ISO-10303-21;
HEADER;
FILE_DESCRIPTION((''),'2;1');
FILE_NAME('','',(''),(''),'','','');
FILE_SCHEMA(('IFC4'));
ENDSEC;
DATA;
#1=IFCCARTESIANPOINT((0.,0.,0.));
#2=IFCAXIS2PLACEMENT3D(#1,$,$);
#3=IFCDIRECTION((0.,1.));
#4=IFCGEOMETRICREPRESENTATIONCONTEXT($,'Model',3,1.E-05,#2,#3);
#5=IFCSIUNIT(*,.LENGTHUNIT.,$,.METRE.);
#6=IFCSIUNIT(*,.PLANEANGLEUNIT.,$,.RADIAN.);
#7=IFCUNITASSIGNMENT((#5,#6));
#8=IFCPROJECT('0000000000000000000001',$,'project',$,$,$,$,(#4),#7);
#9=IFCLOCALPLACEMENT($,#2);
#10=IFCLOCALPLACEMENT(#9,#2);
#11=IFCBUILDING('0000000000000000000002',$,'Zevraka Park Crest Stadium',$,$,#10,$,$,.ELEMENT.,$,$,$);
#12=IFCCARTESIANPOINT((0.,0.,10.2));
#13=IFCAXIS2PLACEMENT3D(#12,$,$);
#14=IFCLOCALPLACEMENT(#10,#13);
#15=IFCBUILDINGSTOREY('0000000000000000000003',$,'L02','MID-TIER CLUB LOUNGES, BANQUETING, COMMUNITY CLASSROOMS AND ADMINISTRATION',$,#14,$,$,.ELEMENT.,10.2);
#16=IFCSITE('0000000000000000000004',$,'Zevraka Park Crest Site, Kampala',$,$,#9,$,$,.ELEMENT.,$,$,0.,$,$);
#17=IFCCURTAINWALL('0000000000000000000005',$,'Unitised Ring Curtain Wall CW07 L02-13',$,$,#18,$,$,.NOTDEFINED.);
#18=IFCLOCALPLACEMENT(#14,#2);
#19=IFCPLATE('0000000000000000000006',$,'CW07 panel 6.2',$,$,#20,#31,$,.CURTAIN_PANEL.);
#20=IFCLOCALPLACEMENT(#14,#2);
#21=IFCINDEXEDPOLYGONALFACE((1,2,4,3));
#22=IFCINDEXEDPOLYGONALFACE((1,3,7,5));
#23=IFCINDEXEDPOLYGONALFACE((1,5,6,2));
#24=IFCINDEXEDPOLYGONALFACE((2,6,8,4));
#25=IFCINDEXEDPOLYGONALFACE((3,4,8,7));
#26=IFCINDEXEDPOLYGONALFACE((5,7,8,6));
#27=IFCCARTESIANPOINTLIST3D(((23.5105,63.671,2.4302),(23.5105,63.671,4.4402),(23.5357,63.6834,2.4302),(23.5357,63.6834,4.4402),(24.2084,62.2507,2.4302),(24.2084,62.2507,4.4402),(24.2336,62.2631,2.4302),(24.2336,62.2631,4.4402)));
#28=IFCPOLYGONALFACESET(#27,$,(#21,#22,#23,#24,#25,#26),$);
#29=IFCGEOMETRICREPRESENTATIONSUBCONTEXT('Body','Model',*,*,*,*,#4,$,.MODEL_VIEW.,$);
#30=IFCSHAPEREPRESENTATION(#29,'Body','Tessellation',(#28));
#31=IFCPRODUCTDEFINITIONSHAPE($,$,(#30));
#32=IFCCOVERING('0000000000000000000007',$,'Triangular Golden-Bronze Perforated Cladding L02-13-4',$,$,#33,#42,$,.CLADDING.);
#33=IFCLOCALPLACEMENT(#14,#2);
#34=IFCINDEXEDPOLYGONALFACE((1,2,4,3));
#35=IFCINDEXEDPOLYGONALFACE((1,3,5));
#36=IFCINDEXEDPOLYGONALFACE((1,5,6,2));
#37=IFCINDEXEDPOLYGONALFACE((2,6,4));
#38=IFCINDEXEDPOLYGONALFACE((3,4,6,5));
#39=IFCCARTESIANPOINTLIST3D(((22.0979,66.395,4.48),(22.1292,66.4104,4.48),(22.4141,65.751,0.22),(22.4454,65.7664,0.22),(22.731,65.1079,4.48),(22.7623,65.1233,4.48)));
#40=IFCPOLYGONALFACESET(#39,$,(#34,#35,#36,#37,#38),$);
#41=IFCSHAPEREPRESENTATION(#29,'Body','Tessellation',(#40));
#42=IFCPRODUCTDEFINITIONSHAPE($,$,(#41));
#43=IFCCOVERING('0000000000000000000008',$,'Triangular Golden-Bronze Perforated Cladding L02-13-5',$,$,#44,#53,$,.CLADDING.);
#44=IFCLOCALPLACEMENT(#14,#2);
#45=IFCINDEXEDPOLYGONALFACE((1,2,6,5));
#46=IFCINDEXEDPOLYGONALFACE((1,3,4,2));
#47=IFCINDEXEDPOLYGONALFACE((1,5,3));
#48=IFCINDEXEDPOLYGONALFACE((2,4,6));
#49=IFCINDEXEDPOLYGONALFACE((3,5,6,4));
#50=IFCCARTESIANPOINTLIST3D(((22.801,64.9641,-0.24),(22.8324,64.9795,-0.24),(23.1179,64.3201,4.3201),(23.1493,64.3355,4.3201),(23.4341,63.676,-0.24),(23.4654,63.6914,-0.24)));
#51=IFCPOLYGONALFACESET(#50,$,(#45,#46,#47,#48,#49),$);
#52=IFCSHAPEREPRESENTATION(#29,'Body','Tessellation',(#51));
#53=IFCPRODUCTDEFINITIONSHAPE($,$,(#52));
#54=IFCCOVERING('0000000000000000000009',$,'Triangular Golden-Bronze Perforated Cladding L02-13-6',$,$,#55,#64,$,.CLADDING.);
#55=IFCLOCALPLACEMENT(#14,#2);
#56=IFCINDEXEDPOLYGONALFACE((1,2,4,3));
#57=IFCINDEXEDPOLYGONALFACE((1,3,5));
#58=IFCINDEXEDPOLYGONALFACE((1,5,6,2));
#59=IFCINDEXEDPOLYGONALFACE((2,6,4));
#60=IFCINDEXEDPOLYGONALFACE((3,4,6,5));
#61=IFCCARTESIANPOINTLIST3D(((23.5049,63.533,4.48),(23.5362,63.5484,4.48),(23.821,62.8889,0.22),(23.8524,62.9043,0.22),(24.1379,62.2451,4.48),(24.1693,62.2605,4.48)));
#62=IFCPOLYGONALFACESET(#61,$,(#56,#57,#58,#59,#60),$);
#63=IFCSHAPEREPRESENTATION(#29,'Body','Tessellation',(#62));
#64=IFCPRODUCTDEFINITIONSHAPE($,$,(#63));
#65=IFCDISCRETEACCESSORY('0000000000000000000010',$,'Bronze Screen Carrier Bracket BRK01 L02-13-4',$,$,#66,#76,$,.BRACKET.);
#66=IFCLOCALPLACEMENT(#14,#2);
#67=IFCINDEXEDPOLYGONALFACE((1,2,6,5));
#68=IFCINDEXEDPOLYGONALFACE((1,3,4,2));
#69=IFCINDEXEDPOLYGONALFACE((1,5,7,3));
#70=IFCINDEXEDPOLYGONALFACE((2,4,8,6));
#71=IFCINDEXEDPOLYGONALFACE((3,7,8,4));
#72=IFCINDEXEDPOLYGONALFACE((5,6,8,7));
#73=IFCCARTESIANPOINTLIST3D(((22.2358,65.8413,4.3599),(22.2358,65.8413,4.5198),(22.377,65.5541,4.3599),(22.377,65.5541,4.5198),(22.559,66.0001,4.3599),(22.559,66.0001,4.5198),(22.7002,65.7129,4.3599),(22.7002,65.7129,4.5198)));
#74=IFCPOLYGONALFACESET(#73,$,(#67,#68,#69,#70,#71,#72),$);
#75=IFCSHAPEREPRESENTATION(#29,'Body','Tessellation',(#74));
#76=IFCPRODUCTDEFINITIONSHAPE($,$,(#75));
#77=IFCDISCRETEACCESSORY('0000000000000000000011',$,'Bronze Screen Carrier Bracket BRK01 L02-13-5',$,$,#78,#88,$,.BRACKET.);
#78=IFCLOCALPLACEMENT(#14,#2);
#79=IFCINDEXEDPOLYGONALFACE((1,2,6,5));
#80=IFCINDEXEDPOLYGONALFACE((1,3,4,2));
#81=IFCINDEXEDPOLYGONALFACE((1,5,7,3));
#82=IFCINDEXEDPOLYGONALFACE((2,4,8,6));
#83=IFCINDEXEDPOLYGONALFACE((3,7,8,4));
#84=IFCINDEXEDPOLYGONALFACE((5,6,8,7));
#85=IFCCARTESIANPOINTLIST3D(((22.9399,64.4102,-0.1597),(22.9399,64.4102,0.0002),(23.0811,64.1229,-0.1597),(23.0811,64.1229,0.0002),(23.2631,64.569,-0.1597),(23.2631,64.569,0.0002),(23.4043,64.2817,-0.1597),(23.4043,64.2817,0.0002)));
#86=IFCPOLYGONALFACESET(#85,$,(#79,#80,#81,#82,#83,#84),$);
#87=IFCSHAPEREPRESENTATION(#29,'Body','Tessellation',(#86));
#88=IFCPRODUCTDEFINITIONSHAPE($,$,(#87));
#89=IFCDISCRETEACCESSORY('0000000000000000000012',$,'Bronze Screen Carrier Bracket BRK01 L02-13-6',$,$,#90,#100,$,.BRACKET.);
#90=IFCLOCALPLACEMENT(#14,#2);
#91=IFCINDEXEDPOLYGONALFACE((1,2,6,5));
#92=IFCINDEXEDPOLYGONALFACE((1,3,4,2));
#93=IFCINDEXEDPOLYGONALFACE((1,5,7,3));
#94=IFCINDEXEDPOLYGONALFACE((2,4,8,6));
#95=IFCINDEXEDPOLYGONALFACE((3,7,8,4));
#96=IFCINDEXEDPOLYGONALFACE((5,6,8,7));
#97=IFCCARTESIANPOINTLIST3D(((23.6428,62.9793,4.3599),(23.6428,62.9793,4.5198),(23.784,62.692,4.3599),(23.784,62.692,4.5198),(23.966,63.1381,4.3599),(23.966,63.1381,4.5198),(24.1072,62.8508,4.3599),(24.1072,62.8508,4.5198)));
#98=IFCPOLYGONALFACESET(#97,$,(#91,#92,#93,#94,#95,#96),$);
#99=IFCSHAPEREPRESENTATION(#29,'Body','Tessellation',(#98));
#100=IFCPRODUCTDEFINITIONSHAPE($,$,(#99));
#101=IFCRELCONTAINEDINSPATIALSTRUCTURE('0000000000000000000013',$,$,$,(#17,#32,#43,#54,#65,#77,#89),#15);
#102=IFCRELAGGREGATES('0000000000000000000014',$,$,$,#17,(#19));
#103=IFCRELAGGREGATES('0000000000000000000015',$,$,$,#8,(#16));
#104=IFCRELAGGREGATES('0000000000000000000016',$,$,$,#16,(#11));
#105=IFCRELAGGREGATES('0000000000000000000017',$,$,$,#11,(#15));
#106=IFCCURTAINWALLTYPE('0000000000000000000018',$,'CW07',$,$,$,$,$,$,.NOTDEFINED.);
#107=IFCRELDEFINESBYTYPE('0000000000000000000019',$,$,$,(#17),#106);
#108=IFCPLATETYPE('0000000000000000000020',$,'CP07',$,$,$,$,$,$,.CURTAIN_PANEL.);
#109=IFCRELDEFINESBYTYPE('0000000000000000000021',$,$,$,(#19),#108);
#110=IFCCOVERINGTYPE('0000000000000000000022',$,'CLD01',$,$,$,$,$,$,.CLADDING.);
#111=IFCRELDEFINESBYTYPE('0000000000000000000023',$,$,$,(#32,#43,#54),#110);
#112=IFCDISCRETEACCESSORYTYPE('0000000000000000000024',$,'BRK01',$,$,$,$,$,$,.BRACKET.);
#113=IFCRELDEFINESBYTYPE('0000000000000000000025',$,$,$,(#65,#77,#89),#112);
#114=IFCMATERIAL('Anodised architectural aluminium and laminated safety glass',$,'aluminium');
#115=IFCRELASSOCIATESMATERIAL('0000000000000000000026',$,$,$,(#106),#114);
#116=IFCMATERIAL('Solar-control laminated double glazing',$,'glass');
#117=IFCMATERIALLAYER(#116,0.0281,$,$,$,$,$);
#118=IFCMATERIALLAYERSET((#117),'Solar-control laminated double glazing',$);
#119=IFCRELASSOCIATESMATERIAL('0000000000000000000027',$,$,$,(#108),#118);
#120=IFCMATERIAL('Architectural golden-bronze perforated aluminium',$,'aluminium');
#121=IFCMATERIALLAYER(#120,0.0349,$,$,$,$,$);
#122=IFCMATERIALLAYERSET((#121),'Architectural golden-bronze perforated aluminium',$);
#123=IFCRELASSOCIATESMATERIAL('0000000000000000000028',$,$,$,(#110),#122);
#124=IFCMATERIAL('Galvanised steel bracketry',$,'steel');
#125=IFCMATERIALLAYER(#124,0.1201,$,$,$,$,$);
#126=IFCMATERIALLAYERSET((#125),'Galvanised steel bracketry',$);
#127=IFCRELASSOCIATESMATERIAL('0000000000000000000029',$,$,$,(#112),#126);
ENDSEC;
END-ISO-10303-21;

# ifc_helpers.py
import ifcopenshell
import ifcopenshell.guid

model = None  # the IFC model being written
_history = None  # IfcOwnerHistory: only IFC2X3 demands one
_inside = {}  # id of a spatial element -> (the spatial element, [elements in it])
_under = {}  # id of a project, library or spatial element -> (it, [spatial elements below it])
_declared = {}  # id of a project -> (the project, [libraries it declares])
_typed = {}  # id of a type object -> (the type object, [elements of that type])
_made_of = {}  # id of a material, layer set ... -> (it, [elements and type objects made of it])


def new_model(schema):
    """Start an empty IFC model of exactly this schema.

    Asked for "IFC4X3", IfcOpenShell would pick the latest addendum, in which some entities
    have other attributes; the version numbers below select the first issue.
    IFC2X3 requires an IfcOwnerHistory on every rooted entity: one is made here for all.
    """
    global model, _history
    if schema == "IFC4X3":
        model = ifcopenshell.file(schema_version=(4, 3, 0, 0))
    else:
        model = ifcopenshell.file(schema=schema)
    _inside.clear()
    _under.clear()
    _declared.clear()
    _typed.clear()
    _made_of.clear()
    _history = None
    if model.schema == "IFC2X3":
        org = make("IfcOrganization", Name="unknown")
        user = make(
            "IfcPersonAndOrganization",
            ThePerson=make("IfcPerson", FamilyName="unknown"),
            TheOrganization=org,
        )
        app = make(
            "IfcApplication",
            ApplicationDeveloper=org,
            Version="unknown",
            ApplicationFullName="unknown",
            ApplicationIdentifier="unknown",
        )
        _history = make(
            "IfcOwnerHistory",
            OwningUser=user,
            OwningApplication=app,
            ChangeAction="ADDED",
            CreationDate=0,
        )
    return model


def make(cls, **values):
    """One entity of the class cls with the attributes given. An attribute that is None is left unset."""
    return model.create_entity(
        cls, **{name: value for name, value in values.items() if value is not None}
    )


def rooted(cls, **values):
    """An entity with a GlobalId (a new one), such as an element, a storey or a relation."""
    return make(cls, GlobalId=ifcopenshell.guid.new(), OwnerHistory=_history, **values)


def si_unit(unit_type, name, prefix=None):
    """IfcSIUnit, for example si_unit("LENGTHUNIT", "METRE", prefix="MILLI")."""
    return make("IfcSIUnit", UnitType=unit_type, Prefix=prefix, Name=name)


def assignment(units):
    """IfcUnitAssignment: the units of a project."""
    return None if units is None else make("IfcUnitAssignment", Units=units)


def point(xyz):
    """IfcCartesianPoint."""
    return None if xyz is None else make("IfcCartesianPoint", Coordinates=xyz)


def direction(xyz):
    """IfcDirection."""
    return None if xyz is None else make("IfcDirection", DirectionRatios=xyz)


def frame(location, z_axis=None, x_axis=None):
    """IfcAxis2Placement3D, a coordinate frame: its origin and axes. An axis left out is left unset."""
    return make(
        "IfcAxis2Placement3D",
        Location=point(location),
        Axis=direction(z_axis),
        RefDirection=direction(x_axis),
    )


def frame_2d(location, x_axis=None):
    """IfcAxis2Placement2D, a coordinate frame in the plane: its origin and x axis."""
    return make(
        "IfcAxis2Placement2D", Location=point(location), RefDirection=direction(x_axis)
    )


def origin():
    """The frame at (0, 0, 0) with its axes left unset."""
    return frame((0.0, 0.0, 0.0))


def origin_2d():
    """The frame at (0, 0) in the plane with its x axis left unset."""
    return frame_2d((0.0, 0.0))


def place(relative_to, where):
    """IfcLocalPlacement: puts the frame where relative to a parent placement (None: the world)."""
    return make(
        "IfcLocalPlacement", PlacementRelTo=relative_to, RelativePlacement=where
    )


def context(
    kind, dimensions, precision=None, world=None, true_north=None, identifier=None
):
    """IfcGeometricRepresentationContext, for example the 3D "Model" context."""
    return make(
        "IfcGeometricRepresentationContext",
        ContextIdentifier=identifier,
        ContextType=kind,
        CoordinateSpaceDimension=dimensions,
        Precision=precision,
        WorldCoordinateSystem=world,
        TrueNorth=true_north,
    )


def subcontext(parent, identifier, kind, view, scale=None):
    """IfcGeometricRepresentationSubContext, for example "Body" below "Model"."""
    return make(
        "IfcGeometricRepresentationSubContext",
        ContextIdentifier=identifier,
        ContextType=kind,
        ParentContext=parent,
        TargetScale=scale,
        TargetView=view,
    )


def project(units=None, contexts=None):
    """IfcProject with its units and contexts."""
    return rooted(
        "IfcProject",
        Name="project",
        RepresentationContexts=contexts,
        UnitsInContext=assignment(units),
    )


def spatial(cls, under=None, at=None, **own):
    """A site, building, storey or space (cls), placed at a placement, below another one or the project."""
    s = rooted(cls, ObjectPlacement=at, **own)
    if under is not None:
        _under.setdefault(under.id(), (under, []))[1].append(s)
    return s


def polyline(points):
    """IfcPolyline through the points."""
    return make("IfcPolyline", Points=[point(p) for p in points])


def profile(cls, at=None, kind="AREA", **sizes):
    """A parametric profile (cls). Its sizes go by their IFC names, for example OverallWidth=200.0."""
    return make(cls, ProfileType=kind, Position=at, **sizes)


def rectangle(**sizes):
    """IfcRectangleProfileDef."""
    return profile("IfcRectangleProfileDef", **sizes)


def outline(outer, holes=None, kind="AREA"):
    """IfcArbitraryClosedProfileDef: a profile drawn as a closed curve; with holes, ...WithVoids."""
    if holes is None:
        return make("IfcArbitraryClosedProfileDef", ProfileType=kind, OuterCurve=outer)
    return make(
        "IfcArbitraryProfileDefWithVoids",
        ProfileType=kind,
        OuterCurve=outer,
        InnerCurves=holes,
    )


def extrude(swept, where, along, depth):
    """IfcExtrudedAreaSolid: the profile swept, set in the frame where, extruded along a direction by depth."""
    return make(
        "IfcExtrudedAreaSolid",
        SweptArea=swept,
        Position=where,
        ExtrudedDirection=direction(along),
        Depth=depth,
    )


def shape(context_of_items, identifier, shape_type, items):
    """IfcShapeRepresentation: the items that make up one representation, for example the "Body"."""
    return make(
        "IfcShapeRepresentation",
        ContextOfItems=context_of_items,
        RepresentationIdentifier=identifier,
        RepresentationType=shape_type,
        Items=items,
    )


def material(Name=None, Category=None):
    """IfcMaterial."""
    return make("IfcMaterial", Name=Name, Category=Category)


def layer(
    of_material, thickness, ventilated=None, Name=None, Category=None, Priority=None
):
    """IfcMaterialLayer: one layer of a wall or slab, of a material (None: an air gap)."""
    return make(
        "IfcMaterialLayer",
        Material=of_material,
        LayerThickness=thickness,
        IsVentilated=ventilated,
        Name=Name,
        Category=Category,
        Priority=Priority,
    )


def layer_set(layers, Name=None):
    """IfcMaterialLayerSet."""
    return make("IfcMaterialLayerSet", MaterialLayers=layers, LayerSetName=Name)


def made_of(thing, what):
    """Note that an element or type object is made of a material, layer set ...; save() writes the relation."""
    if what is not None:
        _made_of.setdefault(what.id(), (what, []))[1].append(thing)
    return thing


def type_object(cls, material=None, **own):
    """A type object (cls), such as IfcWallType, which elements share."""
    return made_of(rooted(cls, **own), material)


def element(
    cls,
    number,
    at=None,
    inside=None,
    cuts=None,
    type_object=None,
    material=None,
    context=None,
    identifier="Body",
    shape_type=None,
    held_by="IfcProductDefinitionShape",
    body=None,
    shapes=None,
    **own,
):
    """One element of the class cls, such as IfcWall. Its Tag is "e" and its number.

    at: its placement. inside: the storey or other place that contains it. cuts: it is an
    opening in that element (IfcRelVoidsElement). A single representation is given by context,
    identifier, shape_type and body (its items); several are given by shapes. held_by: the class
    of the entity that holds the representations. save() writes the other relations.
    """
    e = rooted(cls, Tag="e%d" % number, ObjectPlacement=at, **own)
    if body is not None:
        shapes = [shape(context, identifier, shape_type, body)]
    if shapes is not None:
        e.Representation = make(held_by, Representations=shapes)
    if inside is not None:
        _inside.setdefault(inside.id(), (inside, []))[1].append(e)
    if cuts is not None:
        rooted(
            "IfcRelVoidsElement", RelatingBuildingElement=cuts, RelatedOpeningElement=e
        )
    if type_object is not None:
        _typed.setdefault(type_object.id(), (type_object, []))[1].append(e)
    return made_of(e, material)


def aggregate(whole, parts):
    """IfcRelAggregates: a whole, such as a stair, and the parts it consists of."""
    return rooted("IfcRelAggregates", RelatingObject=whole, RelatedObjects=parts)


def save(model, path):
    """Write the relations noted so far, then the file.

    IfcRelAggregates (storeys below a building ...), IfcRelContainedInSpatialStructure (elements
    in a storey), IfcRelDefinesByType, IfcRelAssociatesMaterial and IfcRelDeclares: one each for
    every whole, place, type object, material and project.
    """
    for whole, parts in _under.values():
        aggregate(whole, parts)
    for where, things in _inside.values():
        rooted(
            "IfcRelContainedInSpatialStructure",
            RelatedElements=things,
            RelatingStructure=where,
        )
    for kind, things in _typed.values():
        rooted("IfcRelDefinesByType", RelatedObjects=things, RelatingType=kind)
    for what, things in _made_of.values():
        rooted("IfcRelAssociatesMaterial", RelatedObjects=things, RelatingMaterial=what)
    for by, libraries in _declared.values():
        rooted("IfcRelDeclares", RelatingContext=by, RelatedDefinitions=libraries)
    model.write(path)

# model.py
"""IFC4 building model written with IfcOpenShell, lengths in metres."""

from ifc_helpers import new_model, si_unit, direction, frame, origin, origin_2d, place, context, subcontext, project, spatial, polyline, rectangle, outline, extrude, material, layer, layer_set, type_object, element, aggregate, save


model = new_model("IFC4")

# Units and contexts
model_context = context("Model", 3, precision=1e-05, world=origin(), true_north=direction((0.0, 1.0)))
body_context = subcontext(model_context, "Body", "Model", "MODEL_VIEW")
ifc_project = project(units=[si_unit("LENGTHUNIT", "METRE"), si_unit("PLANEANGLEUNIT", "RADIAN")], contexts=[model_context])

# Site, building, storey
site_placement = place(None, origin())
site = spatial("IfcSite", under=ifc_project, at=site_placement, Name="Zevraka Park Crest Site, Kampala", CompositionType="ELEMENT", RefElevation=0.0)
building_placement = place(site_placement, origin())
building = spatial("IfcBuilding", under=site, at=building_placement, Name="Zevraka Park Crest Stadium", CompositionType="ELEMENT")
storey_placement = place(building_placement, frame((0.0, 0.0, 10.2)))
storey = spatial("IfcBuildingStorey", under=building, at=storey_placement, Name="L02", Description="MID-TIER CLUB LOUNGES, BANQUETING, COMMUNITY CLASSROOMS AND ADMINISTRATION", CompositionType="ELEMENT", Elevation=10.2)

# Curtain wall, plate
ifc_material_1 = material(Name="Anodised architectural aluminium and laminated safety glass", Category="aluminium")
curtain_wall_type = type_object("IfcCurtainWallType", Name="CW07", PredefinedType="NOTDEFINED", material=ifc_material_1)
curtain_wall_placement = place(storey_placement, origin())
curtain_wall = element("IfcCurtainWall", 1, at=curtain_wall_placement, inside=storey, type_object=curtain_wall_type, Name="Unitised Ring Curtain Wall CW07 L02-13", PredefinedType="NOTDEFINED")
ifc_material_2 = material(Name="Solar-control laminated double glazing", Category="glass")
ifc_layer_1 = layer(ifc_material_2, 0.0281)
ifc_layer_set_1 = layer_set([ifc_layer_1], Name="Solar-control laminated double glazing")
plate_type = type_object("IfcPlateType", Name="CP07", PredefinedType="CURTAIN_PANEL", material=ifc_layer_set_1)
plate_1_placement = place(storey_placement, frame((23.8721, 62.967, 2.4302), z_axis=(0.0, 0.0, 1.0), x_axis=(0.441021, -0.897497, 0.0)))
plate_1 = element("IfcPlate", 2, at=plate_1_placement, type_object=plate_type, Name="CW07 panel 6.2", PredefinedType="CURTAIN_PANEL", context=body_context, shape_type="SweptSolid", body=[
    extrude(rectangle(XDim=1.5825, YDim=0.0281, at=origin_2d()), origin(), (0.0, 0.0, 1.0), 2.01),
])
aggregate(curtain_wall, [plate_1])

# Coverings
ifc_material_3 = material(Name="Architectural golden-bronze perforated aluminium", Category="aluminium")
ifc_layer_2 = layer(ifc_material_3, 0.0349)
ifc_layer_set_2 = layer_set([ifc_layer_2], Name="Architectural golden-bronze perforated aluminium")
covering_type = type_object("IfcCoveringType", Name="CLD01", PredefinedType="CLADDING", material=ifc_layer_set_2)
covering_1_placement = place(storey_placement, frame((22.731, 65.1079, 4.48), z_axis=(-0.897336, -0.441349, 0.000128), x_axis=(-0.441349, 0.897336, 0.0)))
element("IfcCovering", 3, at=covering_1_placement, inside=storey, type_object=covering_type, Name="Triangular Golden-Bronze Perforated Cladding L02-13-4", PredefinedType="CLADDING", context=body_context, shape_type="SweptSolid", body=[
    extrude(outline(polyline([(0.0, 0.0), (1.4344, 0.0), (0.7169, 4.26), (0.0, 0.0)])), origin(), (0.0, 0.0, -1.0), 0.0349),
])
covering_2_placement = place(storey_placement, frame((22.801, 64.9641, -0.24), z_axis=(-0.897468, -0.441079, 0.000072), x_axis=(0.441079, -0.897468, 0.0)))
element("IfcCovering", 4, at=covering_2_placement, inside=storey, type_object=covering_type, Name="Triangular Golden-Bronze Perforated Cladding L02-13-5", PredefinedType="CLADDING", context=body_context, shape_type="SweptSolid", body=[
    extrude(outline(polyline([(0.0, 0.0), (1.4352, 0.0), (0.7178, 4.5601), (0.0, 0.0)])), origin(), (0.0, 0.0, -1.0), 0.0349),
])
covering_3_placement = place(storey_placement, frame((24.1379, 62.2451, 4.48), z_axis=(-0.897435, -0.441147, 0.00009), x_axis=(-0.441147, 0.897435, 0.0)))
element("IfcCovering", 5, at=covering_3_placement, inside=storey, type_object=covering_type, Name="Triangular Golden-Bronze Perforated Cladding L02-13-6", PredefinedType="CLADDING", context=body_context, shape_type="SweptSolid", body=[
    extrude(outline(polyline([(0.0, 0.0), (1.435, 0.0), (0.7176, 4.26), (0.0, 0.0)])), origin(), (0.0, 0.0, -1.0), 0.0349),
])

# Discrete accessories
ifc_material_4 = material(Name="Galvanised steel bracketry", Category="steel")
ifc_layer_3 = layer(ifc_material_4, 0.1201)
ifc_layer_set_3 = layer_set([ifc_layer_3], Name="Galvanised steel bracketry")
discrete_accessory_type = type_object("IfcDiscreteAccessoryType", Name="BRK01", PredefinedType="BRACKET", material=ifc_layer_set_3)
for number, where, z_axis, x_axis, name in (
    (6, (22.468, 65.7771, 4.3599), (0.0, 0.0, 1.0), (0.441036, -0.897489, 0.0), "Bronze Screen Carrier Bracket BRK01 L02-13-4"),
    (7, (23.1721, 64.3459, -0.1597), (0.0, 0.0, 1.0), (0.441036, -0.897489, 0.0), "Bronze Screen Carrier Bracket BRK01 L02-13-5"),
    (8, (23.875, 62.915, 4.3599), (0.0, 0.0, 1.0), (0.441036, -0.897489, 0.0), "Bronze Screen Carrier Bracket BRK01 L02-13-6"),
):
    element("IfcDiscreteAccessory", number, at=place(storey_placement, frame(where, z_axis=z_axis, x_axis=x_axis)), inside=storey, type_object=discrete_accessory_type, Name=name, PredefinedType="BRACKET", context=body_context, shape_type="SweptSolid", body=[
        extrude(rectangle(XDim=0.3201, YDim=0.3601, at=origin_2d()), origin(), (0.0, 0.0, 1.0), 0.1599),
    ])

save(model, "model.ifc")
